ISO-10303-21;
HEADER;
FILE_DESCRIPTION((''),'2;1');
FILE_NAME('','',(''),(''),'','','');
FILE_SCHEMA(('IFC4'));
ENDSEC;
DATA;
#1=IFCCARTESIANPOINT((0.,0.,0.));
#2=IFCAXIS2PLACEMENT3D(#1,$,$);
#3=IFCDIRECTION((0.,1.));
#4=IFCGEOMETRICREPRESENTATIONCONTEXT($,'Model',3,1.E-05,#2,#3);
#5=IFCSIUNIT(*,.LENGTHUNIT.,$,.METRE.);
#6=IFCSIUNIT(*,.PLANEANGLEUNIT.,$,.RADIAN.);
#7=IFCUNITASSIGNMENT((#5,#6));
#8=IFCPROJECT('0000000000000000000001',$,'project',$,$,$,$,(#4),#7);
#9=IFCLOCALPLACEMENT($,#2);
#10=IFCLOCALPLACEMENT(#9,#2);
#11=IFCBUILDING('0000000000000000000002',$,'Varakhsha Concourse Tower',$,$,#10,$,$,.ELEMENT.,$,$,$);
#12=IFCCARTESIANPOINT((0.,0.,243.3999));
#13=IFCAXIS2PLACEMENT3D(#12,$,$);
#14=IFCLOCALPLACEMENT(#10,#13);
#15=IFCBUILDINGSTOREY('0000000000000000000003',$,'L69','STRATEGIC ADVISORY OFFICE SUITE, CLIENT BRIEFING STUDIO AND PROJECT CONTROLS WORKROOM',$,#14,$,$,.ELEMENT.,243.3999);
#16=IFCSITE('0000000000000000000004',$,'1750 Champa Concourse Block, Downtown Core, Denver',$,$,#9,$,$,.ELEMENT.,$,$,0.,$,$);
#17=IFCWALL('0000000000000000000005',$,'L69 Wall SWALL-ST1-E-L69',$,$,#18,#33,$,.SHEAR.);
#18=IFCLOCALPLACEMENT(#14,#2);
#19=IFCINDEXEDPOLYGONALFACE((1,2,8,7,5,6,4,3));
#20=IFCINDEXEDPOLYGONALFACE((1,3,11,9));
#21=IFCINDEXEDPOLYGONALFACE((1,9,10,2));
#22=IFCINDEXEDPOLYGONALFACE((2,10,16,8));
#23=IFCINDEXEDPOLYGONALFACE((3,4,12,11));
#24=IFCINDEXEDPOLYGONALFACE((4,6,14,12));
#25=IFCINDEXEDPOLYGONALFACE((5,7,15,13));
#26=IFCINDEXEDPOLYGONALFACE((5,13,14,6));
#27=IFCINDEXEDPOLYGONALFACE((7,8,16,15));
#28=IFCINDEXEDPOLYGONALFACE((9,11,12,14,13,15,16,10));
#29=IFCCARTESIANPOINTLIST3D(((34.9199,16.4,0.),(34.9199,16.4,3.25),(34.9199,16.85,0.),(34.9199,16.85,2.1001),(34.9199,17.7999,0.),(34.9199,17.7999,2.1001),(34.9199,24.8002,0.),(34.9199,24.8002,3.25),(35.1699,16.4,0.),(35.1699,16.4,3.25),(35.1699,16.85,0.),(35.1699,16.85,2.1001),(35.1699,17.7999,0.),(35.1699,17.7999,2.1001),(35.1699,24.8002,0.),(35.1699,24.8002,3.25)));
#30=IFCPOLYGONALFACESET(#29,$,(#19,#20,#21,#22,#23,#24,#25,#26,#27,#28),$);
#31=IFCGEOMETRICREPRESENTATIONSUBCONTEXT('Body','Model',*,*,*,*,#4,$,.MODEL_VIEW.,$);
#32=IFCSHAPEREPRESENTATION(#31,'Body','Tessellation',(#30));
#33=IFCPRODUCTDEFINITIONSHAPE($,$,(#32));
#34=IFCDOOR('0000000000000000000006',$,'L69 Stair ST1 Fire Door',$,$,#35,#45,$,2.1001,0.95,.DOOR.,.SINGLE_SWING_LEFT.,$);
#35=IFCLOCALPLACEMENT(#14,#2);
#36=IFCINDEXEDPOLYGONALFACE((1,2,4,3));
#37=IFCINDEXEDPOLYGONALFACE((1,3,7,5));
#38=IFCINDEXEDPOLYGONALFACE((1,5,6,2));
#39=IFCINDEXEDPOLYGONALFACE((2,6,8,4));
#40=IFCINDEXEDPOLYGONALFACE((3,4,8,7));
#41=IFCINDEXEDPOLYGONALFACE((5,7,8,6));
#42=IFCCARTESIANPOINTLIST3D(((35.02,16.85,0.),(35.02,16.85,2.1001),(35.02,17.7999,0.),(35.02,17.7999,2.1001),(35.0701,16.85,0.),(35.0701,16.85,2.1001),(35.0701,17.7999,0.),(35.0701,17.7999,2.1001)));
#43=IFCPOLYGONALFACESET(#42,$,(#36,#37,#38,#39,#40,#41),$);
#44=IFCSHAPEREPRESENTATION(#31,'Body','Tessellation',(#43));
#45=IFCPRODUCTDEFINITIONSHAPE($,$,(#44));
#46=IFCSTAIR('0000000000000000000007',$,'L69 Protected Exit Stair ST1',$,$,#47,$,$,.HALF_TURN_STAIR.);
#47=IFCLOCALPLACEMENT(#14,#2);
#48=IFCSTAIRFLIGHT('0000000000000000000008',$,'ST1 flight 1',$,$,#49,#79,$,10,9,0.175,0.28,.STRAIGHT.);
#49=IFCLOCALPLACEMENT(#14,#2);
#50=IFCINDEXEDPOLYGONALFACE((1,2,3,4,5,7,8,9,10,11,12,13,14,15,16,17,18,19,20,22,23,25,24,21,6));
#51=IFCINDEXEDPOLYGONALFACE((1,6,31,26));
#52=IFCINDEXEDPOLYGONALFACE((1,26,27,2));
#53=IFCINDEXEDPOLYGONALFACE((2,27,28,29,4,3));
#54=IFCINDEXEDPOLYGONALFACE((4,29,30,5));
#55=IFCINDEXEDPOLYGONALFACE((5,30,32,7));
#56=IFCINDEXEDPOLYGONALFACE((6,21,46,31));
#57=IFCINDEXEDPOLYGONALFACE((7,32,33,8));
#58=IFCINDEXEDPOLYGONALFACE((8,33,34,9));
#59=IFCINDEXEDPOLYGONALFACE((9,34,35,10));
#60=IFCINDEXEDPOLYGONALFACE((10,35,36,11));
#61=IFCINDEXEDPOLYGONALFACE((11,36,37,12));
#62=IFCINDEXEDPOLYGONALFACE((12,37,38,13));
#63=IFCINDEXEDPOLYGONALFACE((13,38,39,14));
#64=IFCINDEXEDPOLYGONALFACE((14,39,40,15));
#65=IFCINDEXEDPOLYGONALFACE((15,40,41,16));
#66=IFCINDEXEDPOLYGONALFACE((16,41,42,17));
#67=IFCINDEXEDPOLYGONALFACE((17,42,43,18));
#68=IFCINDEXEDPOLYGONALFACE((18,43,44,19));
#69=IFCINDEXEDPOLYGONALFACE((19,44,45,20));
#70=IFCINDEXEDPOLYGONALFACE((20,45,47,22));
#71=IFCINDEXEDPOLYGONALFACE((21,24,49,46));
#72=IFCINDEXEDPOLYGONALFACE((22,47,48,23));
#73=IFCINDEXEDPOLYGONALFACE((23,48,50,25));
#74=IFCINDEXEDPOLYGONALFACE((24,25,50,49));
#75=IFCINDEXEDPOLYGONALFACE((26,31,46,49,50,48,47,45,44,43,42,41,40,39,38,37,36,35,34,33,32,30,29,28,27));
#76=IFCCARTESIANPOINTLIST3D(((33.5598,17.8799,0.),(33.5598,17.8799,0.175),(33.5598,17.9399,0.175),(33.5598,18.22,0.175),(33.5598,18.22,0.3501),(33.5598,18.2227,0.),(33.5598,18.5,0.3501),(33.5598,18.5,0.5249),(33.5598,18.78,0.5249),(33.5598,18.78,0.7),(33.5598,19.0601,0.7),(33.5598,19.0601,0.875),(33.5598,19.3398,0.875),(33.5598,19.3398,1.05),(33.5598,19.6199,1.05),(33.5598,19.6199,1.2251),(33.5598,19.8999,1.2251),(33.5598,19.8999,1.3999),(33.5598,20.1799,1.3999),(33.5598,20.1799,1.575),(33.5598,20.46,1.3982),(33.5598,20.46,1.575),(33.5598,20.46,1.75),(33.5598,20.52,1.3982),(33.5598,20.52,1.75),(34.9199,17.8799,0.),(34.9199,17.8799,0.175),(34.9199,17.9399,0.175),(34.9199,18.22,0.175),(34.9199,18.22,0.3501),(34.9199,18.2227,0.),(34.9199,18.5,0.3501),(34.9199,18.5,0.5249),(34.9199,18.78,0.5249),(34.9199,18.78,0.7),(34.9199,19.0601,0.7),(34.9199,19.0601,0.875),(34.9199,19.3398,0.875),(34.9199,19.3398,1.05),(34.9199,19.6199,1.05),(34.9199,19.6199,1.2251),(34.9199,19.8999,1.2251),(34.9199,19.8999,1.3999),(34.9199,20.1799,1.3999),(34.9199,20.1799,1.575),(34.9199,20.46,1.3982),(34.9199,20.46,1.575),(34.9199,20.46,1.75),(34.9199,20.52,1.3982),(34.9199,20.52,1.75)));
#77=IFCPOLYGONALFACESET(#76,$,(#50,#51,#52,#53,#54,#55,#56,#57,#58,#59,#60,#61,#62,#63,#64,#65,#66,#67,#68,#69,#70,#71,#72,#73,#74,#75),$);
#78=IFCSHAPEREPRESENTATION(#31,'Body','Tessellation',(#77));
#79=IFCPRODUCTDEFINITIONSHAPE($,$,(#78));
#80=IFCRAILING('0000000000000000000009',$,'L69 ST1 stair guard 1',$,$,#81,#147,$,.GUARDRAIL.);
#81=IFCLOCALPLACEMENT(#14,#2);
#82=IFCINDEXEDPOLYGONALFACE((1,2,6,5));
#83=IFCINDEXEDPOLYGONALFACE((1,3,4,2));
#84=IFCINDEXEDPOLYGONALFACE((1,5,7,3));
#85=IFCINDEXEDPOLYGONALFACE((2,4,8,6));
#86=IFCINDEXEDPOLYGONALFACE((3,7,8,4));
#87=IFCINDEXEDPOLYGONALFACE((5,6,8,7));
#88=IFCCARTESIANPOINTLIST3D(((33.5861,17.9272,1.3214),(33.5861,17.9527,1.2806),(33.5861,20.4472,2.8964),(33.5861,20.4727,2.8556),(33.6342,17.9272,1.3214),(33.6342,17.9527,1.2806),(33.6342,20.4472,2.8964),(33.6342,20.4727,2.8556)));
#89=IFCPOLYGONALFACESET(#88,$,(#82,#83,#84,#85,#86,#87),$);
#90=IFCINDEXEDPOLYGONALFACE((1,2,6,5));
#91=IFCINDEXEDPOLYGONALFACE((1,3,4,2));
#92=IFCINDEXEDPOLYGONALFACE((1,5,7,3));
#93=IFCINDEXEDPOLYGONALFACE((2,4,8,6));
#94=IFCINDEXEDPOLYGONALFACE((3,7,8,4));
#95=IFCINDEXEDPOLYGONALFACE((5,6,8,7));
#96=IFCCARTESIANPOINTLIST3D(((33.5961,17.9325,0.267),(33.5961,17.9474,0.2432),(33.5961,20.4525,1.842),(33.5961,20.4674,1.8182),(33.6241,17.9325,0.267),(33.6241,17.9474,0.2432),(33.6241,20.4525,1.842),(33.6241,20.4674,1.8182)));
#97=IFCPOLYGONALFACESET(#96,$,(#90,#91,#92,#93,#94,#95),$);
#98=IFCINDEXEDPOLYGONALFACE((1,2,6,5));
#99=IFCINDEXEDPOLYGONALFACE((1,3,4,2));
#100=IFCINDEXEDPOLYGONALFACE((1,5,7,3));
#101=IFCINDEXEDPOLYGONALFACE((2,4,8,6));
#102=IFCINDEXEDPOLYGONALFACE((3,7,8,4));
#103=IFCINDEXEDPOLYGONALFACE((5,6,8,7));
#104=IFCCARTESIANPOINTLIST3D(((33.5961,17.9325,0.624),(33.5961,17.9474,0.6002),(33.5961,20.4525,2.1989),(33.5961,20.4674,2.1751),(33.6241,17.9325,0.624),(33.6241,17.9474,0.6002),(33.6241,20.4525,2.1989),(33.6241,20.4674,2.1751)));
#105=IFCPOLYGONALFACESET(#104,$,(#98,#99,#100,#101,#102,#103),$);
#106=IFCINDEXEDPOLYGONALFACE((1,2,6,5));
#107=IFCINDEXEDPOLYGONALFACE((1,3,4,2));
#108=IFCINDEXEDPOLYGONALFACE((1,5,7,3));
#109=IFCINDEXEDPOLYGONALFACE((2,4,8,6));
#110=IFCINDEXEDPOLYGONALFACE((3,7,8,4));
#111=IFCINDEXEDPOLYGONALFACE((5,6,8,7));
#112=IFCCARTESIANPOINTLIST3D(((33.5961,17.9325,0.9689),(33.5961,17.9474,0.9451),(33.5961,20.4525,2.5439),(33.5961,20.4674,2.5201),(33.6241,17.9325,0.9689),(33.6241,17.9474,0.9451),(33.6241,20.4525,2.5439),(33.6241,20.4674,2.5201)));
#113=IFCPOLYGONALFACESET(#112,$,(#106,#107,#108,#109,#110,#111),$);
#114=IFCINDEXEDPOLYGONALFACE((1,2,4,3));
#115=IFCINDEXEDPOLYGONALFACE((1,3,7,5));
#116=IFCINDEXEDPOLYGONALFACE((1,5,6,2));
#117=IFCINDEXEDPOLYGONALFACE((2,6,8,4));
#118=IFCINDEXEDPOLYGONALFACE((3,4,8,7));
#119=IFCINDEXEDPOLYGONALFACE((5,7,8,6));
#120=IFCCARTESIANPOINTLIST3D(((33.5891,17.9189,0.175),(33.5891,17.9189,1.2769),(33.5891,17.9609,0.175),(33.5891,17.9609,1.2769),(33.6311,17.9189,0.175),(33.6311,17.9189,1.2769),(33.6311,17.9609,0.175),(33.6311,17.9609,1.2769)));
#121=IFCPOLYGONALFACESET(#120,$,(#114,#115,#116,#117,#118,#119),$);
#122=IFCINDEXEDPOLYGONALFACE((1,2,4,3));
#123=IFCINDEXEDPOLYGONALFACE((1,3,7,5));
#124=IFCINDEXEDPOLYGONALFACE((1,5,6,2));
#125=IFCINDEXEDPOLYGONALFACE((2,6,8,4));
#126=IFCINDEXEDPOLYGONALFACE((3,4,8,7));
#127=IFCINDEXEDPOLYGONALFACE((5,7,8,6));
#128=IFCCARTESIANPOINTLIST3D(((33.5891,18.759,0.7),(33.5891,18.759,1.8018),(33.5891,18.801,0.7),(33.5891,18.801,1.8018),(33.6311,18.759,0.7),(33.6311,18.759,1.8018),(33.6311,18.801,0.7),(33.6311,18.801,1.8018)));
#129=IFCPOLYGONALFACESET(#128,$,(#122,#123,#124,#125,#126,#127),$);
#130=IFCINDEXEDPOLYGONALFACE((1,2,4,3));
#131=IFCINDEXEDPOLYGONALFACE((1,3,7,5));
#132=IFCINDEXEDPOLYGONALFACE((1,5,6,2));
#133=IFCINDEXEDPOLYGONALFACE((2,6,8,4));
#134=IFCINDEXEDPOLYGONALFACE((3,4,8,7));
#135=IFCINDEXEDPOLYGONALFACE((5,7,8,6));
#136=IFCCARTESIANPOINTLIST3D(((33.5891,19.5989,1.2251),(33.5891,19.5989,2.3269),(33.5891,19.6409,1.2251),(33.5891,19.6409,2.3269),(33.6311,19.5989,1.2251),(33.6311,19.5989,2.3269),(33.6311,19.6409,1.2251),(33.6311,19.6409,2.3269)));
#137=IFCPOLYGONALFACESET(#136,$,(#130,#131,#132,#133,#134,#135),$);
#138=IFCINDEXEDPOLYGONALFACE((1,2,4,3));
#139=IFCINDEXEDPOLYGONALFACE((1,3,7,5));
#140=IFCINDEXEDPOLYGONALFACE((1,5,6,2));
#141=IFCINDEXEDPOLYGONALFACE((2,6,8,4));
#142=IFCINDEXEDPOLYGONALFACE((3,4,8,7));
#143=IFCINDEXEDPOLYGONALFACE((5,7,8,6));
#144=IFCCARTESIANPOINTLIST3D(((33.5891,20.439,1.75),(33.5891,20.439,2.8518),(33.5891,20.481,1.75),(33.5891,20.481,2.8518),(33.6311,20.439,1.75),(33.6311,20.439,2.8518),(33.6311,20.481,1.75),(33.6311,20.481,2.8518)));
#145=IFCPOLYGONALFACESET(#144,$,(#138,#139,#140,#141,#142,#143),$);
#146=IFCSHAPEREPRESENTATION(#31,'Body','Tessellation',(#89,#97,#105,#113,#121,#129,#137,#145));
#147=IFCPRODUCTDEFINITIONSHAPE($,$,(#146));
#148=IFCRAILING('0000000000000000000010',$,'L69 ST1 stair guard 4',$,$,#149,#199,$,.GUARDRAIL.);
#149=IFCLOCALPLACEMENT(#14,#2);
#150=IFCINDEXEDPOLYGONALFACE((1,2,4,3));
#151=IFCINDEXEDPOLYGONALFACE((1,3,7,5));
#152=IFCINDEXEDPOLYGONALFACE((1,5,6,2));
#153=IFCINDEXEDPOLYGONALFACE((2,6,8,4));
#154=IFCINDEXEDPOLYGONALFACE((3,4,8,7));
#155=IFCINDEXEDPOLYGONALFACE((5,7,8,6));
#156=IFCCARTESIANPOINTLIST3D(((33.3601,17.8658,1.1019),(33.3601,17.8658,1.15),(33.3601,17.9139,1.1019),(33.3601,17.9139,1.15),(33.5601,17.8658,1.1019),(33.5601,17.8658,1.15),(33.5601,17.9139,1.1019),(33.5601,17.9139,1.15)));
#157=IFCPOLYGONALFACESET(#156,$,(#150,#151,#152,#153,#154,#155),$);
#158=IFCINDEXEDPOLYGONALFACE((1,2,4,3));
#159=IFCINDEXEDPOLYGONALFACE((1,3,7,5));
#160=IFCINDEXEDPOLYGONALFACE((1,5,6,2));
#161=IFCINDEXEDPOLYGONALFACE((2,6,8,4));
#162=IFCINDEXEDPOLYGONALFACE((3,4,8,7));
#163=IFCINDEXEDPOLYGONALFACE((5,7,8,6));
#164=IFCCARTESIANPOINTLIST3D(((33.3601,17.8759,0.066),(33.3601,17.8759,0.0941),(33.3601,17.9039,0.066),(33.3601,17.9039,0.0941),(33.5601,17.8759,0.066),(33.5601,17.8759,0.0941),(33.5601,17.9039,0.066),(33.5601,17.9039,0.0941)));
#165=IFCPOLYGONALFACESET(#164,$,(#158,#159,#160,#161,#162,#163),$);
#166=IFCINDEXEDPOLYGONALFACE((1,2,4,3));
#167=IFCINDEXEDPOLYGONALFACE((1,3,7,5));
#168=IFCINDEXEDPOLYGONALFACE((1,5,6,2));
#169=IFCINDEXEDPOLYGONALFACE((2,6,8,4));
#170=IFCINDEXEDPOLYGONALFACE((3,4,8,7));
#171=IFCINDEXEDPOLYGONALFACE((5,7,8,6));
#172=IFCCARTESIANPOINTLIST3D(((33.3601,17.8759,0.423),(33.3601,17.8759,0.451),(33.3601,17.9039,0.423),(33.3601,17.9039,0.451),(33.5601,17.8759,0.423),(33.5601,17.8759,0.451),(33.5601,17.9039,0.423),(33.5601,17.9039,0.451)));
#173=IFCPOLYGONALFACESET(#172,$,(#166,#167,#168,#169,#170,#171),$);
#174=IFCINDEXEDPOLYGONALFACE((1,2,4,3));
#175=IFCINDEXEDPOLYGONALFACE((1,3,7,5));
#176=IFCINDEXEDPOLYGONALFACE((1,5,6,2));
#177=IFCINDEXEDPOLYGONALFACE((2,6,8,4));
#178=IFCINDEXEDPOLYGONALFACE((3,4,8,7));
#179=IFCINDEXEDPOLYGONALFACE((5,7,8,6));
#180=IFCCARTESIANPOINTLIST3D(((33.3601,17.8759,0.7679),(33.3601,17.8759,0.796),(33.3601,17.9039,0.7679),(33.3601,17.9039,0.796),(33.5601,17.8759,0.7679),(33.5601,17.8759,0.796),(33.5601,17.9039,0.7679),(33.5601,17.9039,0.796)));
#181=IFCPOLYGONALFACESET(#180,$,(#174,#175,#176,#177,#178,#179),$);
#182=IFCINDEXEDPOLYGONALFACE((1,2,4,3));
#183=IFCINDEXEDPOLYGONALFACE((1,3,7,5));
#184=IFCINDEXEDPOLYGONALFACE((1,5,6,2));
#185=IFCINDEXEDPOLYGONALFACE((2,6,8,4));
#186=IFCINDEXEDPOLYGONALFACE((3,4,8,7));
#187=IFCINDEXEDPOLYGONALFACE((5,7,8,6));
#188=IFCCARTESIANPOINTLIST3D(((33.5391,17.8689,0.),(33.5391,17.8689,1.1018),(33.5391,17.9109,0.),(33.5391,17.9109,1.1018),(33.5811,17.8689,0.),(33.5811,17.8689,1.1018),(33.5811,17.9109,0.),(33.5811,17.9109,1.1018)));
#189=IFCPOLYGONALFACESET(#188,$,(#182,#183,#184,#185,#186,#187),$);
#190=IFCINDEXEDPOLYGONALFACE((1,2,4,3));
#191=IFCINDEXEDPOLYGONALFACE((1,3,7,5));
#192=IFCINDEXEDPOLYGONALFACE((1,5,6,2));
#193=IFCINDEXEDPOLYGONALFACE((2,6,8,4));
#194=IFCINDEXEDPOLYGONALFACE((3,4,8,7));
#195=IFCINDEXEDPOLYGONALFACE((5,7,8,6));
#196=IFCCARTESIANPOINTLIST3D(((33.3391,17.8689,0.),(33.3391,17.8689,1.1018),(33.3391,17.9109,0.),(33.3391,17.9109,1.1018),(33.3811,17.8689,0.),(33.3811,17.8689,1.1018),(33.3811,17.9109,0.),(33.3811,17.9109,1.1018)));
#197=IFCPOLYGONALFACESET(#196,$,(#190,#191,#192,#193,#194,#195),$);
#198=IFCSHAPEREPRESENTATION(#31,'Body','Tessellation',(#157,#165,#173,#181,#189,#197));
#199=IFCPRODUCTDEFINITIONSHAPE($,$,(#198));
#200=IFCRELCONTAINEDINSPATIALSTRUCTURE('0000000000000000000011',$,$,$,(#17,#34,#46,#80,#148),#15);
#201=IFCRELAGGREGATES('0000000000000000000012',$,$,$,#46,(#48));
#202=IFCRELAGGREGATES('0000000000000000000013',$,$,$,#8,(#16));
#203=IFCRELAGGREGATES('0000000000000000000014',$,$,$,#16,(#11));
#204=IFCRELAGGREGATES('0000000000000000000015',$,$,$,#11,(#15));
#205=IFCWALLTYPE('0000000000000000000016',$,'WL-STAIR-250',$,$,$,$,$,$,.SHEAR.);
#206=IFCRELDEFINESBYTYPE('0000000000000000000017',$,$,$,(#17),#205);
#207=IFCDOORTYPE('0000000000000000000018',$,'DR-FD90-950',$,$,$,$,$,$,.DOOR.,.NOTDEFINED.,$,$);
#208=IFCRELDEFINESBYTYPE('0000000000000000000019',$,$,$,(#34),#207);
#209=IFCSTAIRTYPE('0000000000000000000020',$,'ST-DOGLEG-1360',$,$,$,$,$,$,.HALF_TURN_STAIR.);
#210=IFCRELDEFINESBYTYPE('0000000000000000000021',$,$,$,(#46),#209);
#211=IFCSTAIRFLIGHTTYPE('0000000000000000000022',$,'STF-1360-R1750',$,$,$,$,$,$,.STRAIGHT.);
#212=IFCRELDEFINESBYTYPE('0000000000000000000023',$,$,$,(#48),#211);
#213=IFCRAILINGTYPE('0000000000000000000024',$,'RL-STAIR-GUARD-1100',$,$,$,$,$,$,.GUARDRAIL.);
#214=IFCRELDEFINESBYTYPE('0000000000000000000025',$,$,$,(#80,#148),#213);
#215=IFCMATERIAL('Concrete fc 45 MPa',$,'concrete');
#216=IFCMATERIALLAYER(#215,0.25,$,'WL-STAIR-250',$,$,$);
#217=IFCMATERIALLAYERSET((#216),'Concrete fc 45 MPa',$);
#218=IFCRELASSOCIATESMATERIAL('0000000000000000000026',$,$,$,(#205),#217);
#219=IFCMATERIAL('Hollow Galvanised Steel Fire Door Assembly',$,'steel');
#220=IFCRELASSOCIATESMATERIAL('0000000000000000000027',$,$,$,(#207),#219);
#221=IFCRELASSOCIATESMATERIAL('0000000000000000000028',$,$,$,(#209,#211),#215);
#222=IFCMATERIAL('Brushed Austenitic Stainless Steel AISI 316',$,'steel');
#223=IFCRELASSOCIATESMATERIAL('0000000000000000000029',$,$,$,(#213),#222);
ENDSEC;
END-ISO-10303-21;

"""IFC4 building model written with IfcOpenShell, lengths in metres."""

from ifc_helpers import new_model, si_unit, direction, frame, frame_2d, origin, origin_2d, place, context, subcontext, project, spatial, polyline, rectangle, outline, extrude, material, layer, layer_set, type_object, element, fill, aggregate, save


model = new_model("IFC4")

# Units and contexts
model_context = context("Model", 3, precision=1e-05, world=origin(), true_north=direction((0.0, 1.0)))
body_context = subcontext(model_context, "Body", "Model", "MODEL_VIEW")
ifc_project = project(units=[si_unit("LENGTHUNIT", "METRE"), si_unit("PLANEANGLEUNIT", "RADIAN")], contexts=[model_context])

# Site, building, storey
site_placement = place(None, origin())
site = spatial("IfcSite", under=ifc_project, at=site_placement, Name="1750 Champa Concourse Block, Downtown Core, Denver", CompositionType="ELEMENT", RefElevation=0.0)
building_placement = place(site_placement, origin())
building = spatial("IfcBuilding", under=site, at=building_placement, Name="Varakhsha Concourse Tower", CompositionType="ELEMENT")
storey_placement = place(building_placement, frame((0.0, 0.0, 243.3999)))
storey = spatial("IfcBuildingStorey", under=building, at=storey_placement, Name="L69", Description="STRATEGIC ADVISORY OFFICE SUITE, CLIENT BRIEFING STUDIO AND PROJECT CONTROLS WORKROOM", CompositionType="ELEMENT", Elevation=243.3999)

# Shared definitions
ifc_material_1 = material(Name="Hollow Galvanised Steel Fire Door Assembly", Category="steel")

# Wall, opening, door
ifc_material_2 = material(Name="Concrete fc 45 MPa", Category="concrete")
ifc_layer_1 = layer(ifc_material_2, 0.25, Name="WL-STAIR-250")
ifc_layer_set_1 = layer_set([ifc_layer_1], Name="Concrete fc 45 MPa")
wall_type_1 = type_object("IfcWallType", Name="WL-STAIR-250", PredefinedType="SHEAR", material=ifc_layer_set_1)
wall_1_placement = place(storey_placement, frame((35.0449, 16.3999, 0.0), z_axis=(0.0, 0.0, 1.0), x_axis=(0.0, 1.0, 0.0)))
wall_1 = element("IfcWall", 1, at=wall_1_placement, inside=storey, type_object=wall_type_1, Name="L69 Wall SWALL-ST1-E-L69", PredefinedType="SHEAR", context=body_context, shape_type="SweptSolid", body=[
    extrude(rectangle(XDim=8.4001, YDim=0.25, at=frame_2d((4.2002, 0.0))), origin(), (0.0, 0.0, 1.0), 3.25),
])
opening_1_placement = place(wall_1_placement, frame((0.45, 0.0, 0.0)))
opening_1 = element("IfcOpeningElement", 2, at=opening_1_placement, cuts=wall_1, PredefinedType="OPENING", context=body_context, shape_type="SweptSolid", body=[
    extrude(rectangle(XDim=0.95, YDim=2.1001, at=frame_2d((0.4751, 1.05))), frame((0.0, 0.135, 0.0), z_axis=(0.0, -1.0, 0.0), x_axis=(1.0, 0.0, 0.0)), (0.0, 0.0, 1.0), 0.27),
])
door_type_1 = type_object("IfcDoorType", Name="DR-FD90-950", OperationType="NOTDEFINED", PredefinedType="DOOR", material=ifc_material_1)
door_1_placement = place(opening_1_placement, origin())
door_1 = element("IfcDoor", 3, at=door_1_placement, inside=storey, type_object=door_type_1, Name="L69 Stair ST1 Fire Door", OperationType="SINGLE_SWING_LEFT", OverallHeight=2.1001, OverallWidth=0.95, PredefinedType="DOOR", context=body_context, shape_type="SweptSolid", body=[
    extrude(rectangle(XDim=0.95, YDim=2.1001, at=frame_2d((0.4751, 1.05))), frame((0.0, 0.0249, 0.0), z_axis=(0.0, -1.0, 0.0), x_axis=(1.0, 0.0, 0.0)), (0.0, 0.0, 1.0), 0.05),
])
fill(opening_1, door_1)

# Stair, stair flight
stair_type = type_object("IfcStairType", Name="ST-DOGLEG-1360", PredefinedType="HALF_TURN_STAIR", material=ifc_material_2)
stair_placement = place(storey_placement, origin())
stair = element("IfcStair", 4, at=stair_placement, inside=storey, type_object=stair_type, Name="L69 Protected Exit Stair ST1", PredefinedType="HALF_TURN_STAIR")
stair_flight_type = type_object("IfcStairFlightType", Name="STF-1360-R1750", PredefinedType="STRAIGHT", material=ifc_material_2)
stair_flight_placement = place(storey_placement, frame((34.24, 17.9399, 0.0), z_axis=(0.0, 0.0, 1.0), x_axis=(0.0, 1.0, 0.0)))
stair_flight = element("IfcStairFlight", 5, at=stair_flight_placement, type_object=stair_flight_type, Name="ST1 flight 1", NumberOfRisers=10, NumberOfTreads=9, PredefinedType="STRAIGHT", RiserHeight=0.175, TreadLength=0.28, context=body_context, shape_type="SweptSolid", body=[
    extrude(outline(polyline([(-0.0601, 0.0), (-0.0601, 0.175), (0.0, 0.175), (0.28, 0.175), (0.28, 0.3501), (0.5601, 0.3501), (0.5601, 0.5249), (0.8401, 0.5249), (0.8401, 0.7), (1.1201, 0.7), (1.1201, 0.875), (1.3999, 0.875), (1.3999, 1.05), (1.6799, 1.05), (1.6799, 1.2251), (1.96, 1.2251), (1.96, 1.3999), (2.24, 1.3999), (2.24, 1.575), (2.52, 1.575), (2.52, 1.75), (2.5801, 1.75), (2.5801, 1.3982), (2.52, 1.3982), (0.2827, 0.0), (-0.0601, 0.0)])), frame((0.0, 0.6802, 0.0), z_axis=(0.0, -1.0, 0.0), x_axis=(1.0, 0.0, 0.0)), (0.0, 0.0, 1.0), 1.3601),
])
aggregate(stair, [stair_flight])

# Railings
ifc_material_3 = material(Name="Brushed Austenitic Stainless Steel AISI 316", Category="steel")
railing_type_1 = type_object("IfcRailingType", Name="RL-STAIR-GUARD-1100", PredefinedType="GUARDRAIL", material=ifc_material_3)
railing_1_placement = place(storey_placement, frame((33.6101, 17.9399, 0.175)))
element("IfcRailing", 6, at=railing_1_placement, inside=storey, type_object=railing_type_1, Name="L69 ST1 stair guard 1", PredefinedType="GUARDRAIL", context=body_context, shape_type="SweptSolid", body=[
    extrude(rectangle(XDim=0.0481, YDim=0.0481, at=origin_2d()), frame((0.0, 0.0, 1.126), z_axis=(0.0, 0.848008, 0.529984), x_axis=(-1.0, 0.0, 0.0)), (0.0, 0.0, 1.0), 2.9717),
    extrude(rectangle(XDim=0.0281, YDim=0.0281, at=origin_2d()), frame((0.0, 0.0, 0.0801), z_axis=(0.0, 0.848008, 0.529984), x_axis=(-1.0, 0.0, 0.0)), (0.0, 0.0, 1.0), 2.9717),
    extrude(rectangle(XDim=0.0281, YDim=0.0281, at=origin_2d()), frame((0.0, 0.0, 0.437), z_axis=(0.0, 0.848008, 0.529984), x_axis=(-1.0, 0.0, 0.0)), (0.0, 0.0, 1.0), 2.9717),
    extrude(rectangle(XDim=0.0281, YDim=0.0281, at=origin_2d()), frame((0.0, 0.0, 0.782), z_axis=(0.0, 0.848008, 0.529984), x_axis=(-1.0, 0.0, 0.0)), (0.0, 0.0, 1.0), 2.9717),
    extrude(rectangle(XDim=0.042, YDim=0.042, at=origin_2d()), origin(), (0.0, 0.0, 1.0), 1.1018),
    extrude(rectangle(XDim=0.042, YDim=0.042, at=origin_2d()), frame((0.0, 0.8401, 0.5249)), (0.0, 0.0, 1.0), 1.1018),
    extrude(rectangle(XDim=0.042, YDim=0.042, at=origin_2d()), frame((0.0, 1.6799, 1.05)), (0.0, 0.0, 1.0), 1.1018),
    extrude(rectangle(XDim=0.042, YDim=0.042, at=origin_2d()), frame((0.0, 2.52, 1.575)), (0.0, 0.0, 1.0), 1.1018),
])
railing_2_placement = place(storey_placement, frame((33.5601, 17.8899, 0.0)))
element("IfcRailing", 7, at=railing_2_placement, inside=storey, type_object=railing_type_1, Name="L69 ST1 stair guard 4", PredefinedType="GUARDRAIL", context=body_context, shape_type="SweptSolid", body=[
    extrude(rectangle(XDim=0.0481, YDim=0.0481, at=origin_2d()), frame((0.0, 0.0, 1.126), z_axis=(-1.0, 0.0, 0.0), x_axis=(0.0, -1.0, 0.0)), (0.0, 0.0, 1.0), 0.2),
    extrude(rectangle(XDim=0.0281, YDim=0.0281, at=origin_2d()), frame((0.0, 0.0, 0.0801), z_axis=(-1.0, 0.0, 0.0), x_axis=(0.0, -1.0, 0.0)), (0.0, 0.0, 1.0), 0.2),
    extrude(rectangle(XDim=0.0281, YDim=0.0281, at=origin_2d()), frame((0.0, 0.0, 0.437), z_axis=(-1.0, 0.0, 0.0), x_axis=(0.0, -1.0, 0.0)), (0.0, 0.0, 1.0), 0.2),
    extrude(rectangle(XDim=0.0281, YDim=0.0281, at=origin_2d()), frame((0.0, 0.0, 0.782), z_axis=(-1.0, 0.0, 0.0), x_axis=(0.0, -1.0, 0.0)), (0.0, 0.0, 1.0), 0.2),
    extrude(rectangle(XDim=0.042, YDim=0.042, at=origin_2d()), origin(), (0.0, 0.0, 1.0), 1.1018),
    extrude(rectangle(XDim=0.042, YDim=0.042, at=origin_2d()), frame((-0.2, 0.0, 0.0)), (0.0, 0.0, 1.0), 1.1018),
])

save(model, "model.ifc")
